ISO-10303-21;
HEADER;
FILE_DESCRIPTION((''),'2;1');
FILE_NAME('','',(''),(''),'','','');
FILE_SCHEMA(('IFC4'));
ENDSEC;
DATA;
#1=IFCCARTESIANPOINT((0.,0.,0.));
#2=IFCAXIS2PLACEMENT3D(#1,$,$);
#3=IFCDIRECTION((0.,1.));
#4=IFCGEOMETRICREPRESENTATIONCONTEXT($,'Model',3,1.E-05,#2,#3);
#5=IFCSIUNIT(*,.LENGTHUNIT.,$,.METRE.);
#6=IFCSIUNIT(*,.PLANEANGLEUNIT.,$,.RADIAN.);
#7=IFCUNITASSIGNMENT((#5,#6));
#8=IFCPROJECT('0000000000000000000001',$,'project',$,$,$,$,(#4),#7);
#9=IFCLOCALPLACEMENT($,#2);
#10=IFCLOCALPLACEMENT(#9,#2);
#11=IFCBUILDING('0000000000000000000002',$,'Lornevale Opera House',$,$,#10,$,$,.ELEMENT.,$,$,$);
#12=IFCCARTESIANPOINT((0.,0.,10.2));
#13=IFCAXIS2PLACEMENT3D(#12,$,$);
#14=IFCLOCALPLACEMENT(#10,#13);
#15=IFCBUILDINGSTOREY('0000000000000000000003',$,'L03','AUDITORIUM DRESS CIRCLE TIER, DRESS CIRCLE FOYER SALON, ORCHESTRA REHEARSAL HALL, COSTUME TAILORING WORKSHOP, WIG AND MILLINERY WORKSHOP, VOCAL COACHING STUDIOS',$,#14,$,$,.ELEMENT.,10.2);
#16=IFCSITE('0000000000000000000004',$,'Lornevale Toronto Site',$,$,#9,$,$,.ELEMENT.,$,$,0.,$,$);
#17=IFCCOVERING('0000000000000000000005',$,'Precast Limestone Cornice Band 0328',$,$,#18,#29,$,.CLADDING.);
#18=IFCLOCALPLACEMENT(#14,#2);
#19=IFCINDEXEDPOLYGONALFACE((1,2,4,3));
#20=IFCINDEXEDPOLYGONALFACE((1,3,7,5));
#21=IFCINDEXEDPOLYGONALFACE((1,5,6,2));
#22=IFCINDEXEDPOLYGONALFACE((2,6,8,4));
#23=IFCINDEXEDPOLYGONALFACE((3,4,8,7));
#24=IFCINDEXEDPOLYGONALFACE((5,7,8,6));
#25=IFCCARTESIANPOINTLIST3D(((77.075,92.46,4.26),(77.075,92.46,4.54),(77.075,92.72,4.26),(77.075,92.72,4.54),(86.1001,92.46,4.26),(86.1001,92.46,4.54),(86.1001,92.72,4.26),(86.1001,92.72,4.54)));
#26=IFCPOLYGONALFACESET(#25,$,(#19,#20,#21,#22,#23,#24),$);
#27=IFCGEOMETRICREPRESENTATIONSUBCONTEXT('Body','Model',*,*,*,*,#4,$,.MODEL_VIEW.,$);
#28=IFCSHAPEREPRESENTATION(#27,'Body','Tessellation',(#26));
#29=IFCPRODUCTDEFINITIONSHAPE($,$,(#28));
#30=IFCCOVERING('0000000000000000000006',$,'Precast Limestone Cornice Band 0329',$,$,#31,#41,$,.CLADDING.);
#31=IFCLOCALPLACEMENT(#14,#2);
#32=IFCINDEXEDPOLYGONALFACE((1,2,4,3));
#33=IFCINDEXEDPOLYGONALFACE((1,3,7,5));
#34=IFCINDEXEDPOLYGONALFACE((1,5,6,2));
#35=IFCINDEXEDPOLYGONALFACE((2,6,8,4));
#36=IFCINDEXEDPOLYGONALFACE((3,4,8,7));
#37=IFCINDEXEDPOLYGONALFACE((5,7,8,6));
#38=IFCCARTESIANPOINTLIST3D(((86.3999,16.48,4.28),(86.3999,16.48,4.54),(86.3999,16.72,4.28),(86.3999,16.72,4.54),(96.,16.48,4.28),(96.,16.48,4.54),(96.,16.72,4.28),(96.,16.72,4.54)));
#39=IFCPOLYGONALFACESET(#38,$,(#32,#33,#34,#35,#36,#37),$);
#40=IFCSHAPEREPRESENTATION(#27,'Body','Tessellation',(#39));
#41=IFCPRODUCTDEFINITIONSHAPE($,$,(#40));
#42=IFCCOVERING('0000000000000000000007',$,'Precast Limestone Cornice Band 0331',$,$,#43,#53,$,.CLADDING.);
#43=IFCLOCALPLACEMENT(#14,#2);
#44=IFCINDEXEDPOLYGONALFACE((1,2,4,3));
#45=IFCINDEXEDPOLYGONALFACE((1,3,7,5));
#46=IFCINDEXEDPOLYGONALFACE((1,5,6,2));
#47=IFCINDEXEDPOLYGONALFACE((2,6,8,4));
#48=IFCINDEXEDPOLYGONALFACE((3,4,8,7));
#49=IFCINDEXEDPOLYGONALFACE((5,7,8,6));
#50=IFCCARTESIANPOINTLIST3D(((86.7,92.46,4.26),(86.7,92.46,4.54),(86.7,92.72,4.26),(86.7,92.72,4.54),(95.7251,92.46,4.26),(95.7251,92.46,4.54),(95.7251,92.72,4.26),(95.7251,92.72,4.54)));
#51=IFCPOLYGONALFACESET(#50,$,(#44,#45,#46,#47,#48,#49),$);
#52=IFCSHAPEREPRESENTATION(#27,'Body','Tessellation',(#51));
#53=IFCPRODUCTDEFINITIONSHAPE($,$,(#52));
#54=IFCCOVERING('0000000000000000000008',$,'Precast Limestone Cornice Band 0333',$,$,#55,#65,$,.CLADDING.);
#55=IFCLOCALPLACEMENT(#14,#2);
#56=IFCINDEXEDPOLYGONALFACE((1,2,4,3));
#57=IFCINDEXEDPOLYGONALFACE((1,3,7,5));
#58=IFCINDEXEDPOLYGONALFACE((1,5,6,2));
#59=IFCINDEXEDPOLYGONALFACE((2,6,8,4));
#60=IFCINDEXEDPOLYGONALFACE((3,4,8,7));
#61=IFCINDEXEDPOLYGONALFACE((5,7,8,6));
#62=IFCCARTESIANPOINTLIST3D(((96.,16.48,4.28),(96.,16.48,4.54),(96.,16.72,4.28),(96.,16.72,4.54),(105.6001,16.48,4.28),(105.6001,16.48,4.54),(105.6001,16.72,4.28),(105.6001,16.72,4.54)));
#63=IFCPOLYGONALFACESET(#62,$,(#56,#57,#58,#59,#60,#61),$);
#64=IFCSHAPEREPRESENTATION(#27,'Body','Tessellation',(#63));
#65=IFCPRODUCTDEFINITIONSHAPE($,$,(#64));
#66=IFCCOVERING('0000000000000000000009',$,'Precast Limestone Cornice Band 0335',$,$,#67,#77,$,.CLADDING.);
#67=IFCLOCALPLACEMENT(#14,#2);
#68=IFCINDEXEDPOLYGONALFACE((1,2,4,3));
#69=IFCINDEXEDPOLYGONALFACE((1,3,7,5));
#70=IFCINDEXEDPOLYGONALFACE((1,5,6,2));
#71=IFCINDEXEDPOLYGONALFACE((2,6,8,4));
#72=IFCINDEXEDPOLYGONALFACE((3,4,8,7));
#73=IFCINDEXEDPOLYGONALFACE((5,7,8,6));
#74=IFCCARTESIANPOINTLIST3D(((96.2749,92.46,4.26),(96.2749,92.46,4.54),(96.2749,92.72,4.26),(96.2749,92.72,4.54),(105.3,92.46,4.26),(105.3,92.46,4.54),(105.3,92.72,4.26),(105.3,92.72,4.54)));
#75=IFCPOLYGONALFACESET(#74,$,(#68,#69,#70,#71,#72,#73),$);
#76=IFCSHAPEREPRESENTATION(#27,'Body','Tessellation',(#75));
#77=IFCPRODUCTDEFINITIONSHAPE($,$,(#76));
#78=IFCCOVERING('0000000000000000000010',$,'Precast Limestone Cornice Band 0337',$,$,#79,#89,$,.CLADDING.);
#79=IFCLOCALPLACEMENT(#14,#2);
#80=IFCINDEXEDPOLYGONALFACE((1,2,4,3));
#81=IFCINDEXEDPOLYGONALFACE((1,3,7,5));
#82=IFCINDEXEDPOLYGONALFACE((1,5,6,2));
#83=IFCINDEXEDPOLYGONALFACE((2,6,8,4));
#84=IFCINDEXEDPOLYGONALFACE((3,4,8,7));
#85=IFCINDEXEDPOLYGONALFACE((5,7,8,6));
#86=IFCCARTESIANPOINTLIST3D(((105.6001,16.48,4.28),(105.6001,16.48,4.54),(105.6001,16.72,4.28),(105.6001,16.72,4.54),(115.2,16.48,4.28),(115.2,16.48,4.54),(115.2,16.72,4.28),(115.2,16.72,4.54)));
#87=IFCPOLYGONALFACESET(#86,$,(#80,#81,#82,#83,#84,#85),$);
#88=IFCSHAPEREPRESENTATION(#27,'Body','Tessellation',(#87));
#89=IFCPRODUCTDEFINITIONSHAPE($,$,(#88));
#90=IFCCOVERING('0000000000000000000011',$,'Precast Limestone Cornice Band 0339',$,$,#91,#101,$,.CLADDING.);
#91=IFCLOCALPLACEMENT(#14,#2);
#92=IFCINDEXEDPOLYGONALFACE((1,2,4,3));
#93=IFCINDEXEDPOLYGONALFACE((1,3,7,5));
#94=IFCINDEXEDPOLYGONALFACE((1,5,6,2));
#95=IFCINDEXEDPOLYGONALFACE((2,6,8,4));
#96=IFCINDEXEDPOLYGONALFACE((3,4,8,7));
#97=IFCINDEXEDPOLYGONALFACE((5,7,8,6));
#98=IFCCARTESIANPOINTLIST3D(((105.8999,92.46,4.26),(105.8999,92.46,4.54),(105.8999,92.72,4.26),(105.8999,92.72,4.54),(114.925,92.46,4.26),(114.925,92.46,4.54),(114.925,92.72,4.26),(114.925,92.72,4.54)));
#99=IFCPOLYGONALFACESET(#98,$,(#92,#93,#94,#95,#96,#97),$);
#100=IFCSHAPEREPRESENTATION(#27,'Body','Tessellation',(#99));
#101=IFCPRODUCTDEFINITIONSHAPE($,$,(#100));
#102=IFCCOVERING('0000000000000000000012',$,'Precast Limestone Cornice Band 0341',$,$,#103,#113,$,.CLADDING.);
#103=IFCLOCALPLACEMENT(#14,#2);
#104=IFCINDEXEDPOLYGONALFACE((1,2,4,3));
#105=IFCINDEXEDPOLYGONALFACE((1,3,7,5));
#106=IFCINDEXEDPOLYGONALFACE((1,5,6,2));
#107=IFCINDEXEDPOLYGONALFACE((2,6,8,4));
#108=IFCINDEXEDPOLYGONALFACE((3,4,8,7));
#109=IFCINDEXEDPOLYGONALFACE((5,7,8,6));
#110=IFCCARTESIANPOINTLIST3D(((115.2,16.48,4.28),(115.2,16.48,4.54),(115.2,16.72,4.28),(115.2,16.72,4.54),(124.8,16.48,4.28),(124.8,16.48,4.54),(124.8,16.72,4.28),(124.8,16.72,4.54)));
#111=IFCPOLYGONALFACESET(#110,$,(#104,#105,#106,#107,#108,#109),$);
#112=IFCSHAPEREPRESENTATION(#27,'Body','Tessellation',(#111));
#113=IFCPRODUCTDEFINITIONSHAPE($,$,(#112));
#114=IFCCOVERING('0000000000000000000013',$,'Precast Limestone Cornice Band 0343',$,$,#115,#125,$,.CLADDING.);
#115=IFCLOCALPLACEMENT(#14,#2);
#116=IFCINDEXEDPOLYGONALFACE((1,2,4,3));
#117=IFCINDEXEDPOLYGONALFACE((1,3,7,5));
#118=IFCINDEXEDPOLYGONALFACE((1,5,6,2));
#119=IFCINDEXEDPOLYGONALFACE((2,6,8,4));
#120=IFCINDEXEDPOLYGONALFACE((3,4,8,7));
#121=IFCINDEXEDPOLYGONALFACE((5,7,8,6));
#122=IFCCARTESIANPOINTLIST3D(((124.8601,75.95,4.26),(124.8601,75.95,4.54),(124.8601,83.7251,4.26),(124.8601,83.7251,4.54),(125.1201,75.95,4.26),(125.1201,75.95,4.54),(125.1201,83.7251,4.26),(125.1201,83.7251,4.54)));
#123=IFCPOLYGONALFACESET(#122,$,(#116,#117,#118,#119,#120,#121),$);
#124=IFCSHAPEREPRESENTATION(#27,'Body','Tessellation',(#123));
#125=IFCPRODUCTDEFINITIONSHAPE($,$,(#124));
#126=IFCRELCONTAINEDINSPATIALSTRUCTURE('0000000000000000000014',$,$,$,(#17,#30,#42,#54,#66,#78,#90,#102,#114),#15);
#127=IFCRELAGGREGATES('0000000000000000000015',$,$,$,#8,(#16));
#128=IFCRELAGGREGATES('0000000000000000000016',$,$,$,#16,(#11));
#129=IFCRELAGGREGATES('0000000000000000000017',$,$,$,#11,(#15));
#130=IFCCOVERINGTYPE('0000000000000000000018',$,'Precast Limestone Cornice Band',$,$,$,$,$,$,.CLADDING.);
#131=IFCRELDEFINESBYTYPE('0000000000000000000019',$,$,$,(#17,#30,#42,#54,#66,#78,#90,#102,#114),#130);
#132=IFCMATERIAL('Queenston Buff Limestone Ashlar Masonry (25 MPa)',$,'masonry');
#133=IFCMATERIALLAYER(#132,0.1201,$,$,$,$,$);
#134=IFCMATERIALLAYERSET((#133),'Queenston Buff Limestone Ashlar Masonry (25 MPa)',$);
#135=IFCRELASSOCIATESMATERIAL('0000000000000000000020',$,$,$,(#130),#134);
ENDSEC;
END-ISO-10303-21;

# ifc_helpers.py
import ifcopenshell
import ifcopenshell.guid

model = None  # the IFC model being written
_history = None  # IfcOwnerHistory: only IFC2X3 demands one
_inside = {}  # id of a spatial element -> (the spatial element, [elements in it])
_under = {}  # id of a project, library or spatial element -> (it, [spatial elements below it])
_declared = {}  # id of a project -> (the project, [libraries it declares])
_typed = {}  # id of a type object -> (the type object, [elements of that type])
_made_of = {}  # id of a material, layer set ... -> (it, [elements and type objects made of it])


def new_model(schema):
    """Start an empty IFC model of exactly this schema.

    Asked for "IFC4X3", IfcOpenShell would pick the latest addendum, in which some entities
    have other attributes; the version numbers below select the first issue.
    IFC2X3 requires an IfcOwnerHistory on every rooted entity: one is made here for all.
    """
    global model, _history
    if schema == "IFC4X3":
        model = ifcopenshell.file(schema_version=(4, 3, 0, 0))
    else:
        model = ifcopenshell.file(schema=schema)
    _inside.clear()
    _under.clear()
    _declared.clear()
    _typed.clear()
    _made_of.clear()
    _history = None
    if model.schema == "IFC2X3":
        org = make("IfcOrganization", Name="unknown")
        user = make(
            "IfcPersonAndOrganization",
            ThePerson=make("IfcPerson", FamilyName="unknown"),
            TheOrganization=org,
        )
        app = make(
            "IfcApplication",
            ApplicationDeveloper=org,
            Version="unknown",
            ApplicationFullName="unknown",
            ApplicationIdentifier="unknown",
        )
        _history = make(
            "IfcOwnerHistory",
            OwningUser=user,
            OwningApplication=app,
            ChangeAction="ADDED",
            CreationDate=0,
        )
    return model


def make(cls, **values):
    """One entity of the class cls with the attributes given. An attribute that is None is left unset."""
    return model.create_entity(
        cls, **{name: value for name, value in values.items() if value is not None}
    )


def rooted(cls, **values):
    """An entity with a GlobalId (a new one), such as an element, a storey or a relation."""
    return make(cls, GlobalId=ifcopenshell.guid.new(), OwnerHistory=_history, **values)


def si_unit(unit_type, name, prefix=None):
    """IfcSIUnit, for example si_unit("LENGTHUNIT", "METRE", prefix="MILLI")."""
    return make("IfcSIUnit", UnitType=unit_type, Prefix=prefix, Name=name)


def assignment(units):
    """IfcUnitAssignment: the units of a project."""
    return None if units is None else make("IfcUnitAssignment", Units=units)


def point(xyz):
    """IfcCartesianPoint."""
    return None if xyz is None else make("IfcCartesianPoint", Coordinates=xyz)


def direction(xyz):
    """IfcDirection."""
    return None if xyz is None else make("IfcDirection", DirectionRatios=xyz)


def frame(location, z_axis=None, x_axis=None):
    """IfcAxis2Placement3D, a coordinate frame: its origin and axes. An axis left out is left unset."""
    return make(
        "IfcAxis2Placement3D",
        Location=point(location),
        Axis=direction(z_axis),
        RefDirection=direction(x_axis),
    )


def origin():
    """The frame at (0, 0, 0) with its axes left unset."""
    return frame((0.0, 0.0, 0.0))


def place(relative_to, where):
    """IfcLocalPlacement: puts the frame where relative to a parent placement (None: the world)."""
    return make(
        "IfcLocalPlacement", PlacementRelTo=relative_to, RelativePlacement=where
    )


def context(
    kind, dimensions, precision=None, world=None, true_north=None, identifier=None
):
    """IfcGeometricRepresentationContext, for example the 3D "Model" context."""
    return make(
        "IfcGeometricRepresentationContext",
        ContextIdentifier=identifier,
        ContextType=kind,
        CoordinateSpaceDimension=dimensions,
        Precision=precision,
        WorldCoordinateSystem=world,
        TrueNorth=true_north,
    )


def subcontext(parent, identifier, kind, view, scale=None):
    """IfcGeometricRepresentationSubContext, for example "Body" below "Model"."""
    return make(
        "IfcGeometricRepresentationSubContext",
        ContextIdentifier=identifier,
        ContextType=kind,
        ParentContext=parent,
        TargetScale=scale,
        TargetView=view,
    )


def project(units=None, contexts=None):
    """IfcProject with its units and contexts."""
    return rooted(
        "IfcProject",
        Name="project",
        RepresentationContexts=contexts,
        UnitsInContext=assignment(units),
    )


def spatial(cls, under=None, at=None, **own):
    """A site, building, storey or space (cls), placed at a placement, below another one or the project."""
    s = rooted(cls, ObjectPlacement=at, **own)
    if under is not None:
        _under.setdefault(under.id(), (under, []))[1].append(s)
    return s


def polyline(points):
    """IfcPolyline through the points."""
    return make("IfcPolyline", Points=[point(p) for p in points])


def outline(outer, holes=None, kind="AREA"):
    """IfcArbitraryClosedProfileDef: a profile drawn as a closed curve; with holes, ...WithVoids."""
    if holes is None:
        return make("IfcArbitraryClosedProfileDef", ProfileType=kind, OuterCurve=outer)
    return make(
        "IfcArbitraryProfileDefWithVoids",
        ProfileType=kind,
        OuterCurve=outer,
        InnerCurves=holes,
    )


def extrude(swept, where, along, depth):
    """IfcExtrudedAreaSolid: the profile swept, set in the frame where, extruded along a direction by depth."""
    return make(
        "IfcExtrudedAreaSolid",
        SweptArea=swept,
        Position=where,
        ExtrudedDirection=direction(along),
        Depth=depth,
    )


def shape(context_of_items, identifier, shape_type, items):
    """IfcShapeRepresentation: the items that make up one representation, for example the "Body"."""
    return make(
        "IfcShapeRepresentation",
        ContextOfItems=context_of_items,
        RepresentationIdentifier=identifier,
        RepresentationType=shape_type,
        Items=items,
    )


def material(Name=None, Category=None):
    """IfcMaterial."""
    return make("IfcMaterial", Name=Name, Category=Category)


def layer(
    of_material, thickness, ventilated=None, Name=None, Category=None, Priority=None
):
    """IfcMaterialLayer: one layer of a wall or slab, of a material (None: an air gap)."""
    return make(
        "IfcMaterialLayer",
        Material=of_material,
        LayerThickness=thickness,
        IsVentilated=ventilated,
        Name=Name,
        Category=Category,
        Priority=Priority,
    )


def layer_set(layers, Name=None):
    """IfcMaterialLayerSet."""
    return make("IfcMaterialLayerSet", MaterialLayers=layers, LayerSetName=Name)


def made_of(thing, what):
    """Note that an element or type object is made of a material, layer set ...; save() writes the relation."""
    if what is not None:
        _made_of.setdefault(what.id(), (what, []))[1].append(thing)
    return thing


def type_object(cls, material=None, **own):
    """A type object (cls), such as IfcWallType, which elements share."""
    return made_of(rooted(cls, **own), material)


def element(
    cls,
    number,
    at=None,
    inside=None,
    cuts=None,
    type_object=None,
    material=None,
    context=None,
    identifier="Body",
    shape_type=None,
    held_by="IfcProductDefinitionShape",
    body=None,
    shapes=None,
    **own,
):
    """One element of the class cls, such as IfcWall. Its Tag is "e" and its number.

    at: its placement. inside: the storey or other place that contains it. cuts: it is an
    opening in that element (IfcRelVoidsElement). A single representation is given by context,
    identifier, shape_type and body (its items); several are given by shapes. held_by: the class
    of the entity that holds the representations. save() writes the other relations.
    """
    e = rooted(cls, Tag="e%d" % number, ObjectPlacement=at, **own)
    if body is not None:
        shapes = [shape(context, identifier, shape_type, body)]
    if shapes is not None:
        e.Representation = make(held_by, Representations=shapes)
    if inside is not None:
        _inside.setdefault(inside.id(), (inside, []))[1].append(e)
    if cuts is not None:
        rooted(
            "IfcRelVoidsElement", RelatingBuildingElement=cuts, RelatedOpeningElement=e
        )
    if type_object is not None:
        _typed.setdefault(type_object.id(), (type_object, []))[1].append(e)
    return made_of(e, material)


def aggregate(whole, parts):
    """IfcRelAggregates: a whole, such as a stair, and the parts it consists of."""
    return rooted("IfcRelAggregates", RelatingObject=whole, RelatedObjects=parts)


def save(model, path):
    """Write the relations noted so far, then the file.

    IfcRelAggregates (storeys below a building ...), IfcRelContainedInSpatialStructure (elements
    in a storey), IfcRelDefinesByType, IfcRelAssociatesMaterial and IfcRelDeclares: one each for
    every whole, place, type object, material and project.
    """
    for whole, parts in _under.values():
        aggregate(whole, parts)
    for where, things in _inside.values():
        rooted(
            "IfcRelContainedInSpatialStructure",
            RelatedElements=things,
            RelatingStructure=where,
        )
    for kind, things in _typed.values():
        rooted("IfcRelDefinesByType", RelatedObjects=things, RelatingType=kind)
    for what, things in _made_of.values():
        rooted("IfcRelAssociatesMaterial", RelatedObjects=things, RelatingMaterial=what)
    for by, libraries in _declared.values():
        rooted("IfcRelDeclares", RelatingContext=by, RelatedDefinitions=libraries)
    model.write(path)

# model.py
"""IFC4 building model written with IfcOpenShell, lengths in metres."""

from ifc_helpers import new_model, si_unit, direction, frame, origin, place, context, subcontext, project, spatial, polyline, outline, extrude, material, layer, layer_set, type_object, element, save


model = new_model("IFC4")

# Units and contexts
model_context = context("Model", 3, precision=1e-05, world=origin(), true_north=direction((0.0, 1.0)))
body_context = subcontext(model_context, "Body", "Model", "MODEL_VIEW")
ifc_project = project(units=[si_unit("LENGTHUNIT", "METRE"), si_unit("PLANEANGLEUNIT", "RADIAN")], contexts=[model_context])

# Site, building, storey
site_placement = place(None, origin())
site = spatial("IfcSite", under=ifc_project, at=site_placement, Name="Lornevale Toronto Site", CompositionType="ELEMENT", RefElevation=0.0)
building_placement = place(site_placement, origin())
building = spatial("IfcBuilding", under=site, at=building_placement, Name="Lornevale Opera House", CompositionType="ELEMENT")
storey_placement = place(building_placement, frame((0.0, 0.0, 10.2)))
storey = spatial("IfcBuildingStorey", under=building, at=storey_placement, Name="L03", Description="AUDITORIUM DRESS CIRCLE TIER, DRESS CIRCLE FOYER SALON, ORCHESTRA REHEARSAL HALL, COSTUME TAILORING WORKSHOP, WIG AND MILLINERY WORKSHOP, VOCAL COACHING STUDIOS", CompositionType="ELEMENT", Elevation=10.2)

# Coverings
ifc_material_1 = material(Name="Queenston Buff Limestone Ashlar Masonry (25 MPa)", Category="masonry")
ifc_layer_1 = layer(ifc_material_1, 0.1201)
ifc_layer_set_1 = layer_set([ifc_layer_1], Name="Queenston Buff Limestone Ashlar Masonry (25 MPa)")
covering_type_1 = type_object("IfcCoveringType", Name="Precast Limestone Cornice Band", PredefinedType="CLADDING", material=ifc_layer_set_1)
covering_1_placement = place(storey_placement, frame((0.0, 0.0, 4.26)))
element("IfcCovering", 1, at=covering_1_placement, inside=storey, type_object=covering_type_1, Name="Precast Limestone Cornice Band 0328", PredefinedType="CLADDING", context=body_context, shape_type="SweptSolid", body=[
    extrude(outline(polyline([(77.075, 92.46), (86.1001, 92.46), (86.1001, 92.72), (77.075, 92.72), (77.075, 92.46)])), origin(), (0.0, 0.0, 1.0), 0.28),
])
covering_2_placement = place(storey_placement, frame((0.0, 0.0, 4.28)))
element("IfcCovering", 2, at=covering_2_placement, inside=storey, type_object=covering_type_1, Name="Precast Limestone Cornice Band 0329", PredefinedType="CLADDING", context=body_context, shape_type="SweptSolid", body=[
    extrude(outline(polyline([(96.0, 16.72), (86.3999, 16.72), (86.3999, 16.48), (96.0, 16.48), (96.0, 16.72)])), origin(), (0.0, 0.0, 1.0), 0.26),
])
covering_3_placement = place(storey_placement, frame((0.0, 0.0, 4.26)))
element("IfcCovering", 3, at=covering_3_placement, inside=storey, type_object=covering_type_1, Name="Precast Limestone Cornice Band 0331", PredefinedType="CLADDING", context=body_context, shape_type="SweptSolid", body=[
    extrude(outline(polyline([(86.7, 92.46), (95.7251, 92.46), (95.7251, 92.72), (86.7, 92.72), (86.7, 92.46)])), origin(), (0.0, 0.0, 1.0), 0.28),
])
covering_4_placement = place(storey_placement, frame((0.0, 0.0, 4.28)))
element("IfcCovering", 4, at=covering_4_placement, inside=storey, type_object=covering_type_1, Name="Precast Limestone Cornice Band 0333", PredefinedType="CLADDING", context=body_context, shape_type="SweptSolid", body=[
    extrude(outline(polyline([(105.6001, 16.72), (96.0, 16.72), (96.0, 16.48), (105.6001, 16.48), (105.6001, 16.72)])), origin(), (0.0, 0.0, 1.0), 0.26),
])
covering_5_placement = place(storey_placement, frame((0.0, 0.0, 4.26)))
element("IfcCovering", 5, at=covering_5_placement, inside=storey, type_object=covering_type_1, Name="Precast Limestone Cornice Band 0335", PredefinedType="CLADDING", context=body_context, shape_type="SweptSolid", body=[
    extrude(outline(polyline([(96.2749, 92.46), (105.3, 92.46), (105.3, 92.72), (96.2749, 92.72), (96.2749, 92.46)])), origin(), (0.0, 0.0, 1.0), 0.28),
])
covering_6_placement = place(storey_placement, frame((0.0, 0.0, 4.28)))
element("IfcCovering", 6, at=covering_6_placement, inside=storey, type_object=covering_type_1, Name="Precast Limestone Cornice Band 0337", PredefinedType="CLADDING", context=body_context, shape_type="SweptSolid", body=[
    extrude(outline(polyline([(115.2, 16.72), (105.6001, 16.72), (105.6001, 16.48), (115.2, 16.48), (115.2, 16.72)])), origin(), (0.0, 0.0, 1.0), 0.26),
])
covering_7_placement = place(storey_placement, frame((0.0, 0.0, 4.26)))
element("IfcCovering", 7, at=covering_7_placement, inside=storey, type_object=covering_type_1, Name="Precast Limestone Cornice Band 0339", PredefinedType="CLADDING", context=body_context, shape_type="SweptSolid", body=[
    extrude(outline(polyline([(105.8999, 92.46), (114.925, 92.46), (114.925, 92.72), (105.8999, 92.72), (105.8999, 92.46)])), origin(), (0.0, 0.0, 1.0), 0.28),
])
covering_8_placement = place(storey_placement, frame((0.0, 0.0, 4.28)))
element("IfcCovering", 8, at=covering_8_placement, inside=storey, type_object=covering_type_1, Name="Precast Limestone Cornice Band 0341", PredefinedType="CLADDING", context=body_context, shape_type="SweptSolid", body=[
    extrude(outline(polyline([(124.8, 16.72), (115.2, 16.72), (115.2, 16.48), (124.8, 16.48), (124.8, 16.72)])), origin(), (0.0, 0.0, 1.0), 0.26),
])
covering_9_placement = place(storey_placement, frame((0.0, 0.0, 4.26)))
element("IfcCovering", 9, at=covering_9_placement, inside=storey, type_object=covering_type_1, Name="Precast Limestone Cornice Band 0343", PredefinedType="CLADDING", context=body_context, shape_type="SweptSolid", body=[
    extrude(outline(polyline([(124.8601, 83.7251), (124.8601, 75.95), (125.1201, 75.95), (125.1201, 83.7251), (124.8601, 83.7251)])), origin(), (0.0, 0.0, 1.0), 0.28),
])

save(model, "model.ifc")
